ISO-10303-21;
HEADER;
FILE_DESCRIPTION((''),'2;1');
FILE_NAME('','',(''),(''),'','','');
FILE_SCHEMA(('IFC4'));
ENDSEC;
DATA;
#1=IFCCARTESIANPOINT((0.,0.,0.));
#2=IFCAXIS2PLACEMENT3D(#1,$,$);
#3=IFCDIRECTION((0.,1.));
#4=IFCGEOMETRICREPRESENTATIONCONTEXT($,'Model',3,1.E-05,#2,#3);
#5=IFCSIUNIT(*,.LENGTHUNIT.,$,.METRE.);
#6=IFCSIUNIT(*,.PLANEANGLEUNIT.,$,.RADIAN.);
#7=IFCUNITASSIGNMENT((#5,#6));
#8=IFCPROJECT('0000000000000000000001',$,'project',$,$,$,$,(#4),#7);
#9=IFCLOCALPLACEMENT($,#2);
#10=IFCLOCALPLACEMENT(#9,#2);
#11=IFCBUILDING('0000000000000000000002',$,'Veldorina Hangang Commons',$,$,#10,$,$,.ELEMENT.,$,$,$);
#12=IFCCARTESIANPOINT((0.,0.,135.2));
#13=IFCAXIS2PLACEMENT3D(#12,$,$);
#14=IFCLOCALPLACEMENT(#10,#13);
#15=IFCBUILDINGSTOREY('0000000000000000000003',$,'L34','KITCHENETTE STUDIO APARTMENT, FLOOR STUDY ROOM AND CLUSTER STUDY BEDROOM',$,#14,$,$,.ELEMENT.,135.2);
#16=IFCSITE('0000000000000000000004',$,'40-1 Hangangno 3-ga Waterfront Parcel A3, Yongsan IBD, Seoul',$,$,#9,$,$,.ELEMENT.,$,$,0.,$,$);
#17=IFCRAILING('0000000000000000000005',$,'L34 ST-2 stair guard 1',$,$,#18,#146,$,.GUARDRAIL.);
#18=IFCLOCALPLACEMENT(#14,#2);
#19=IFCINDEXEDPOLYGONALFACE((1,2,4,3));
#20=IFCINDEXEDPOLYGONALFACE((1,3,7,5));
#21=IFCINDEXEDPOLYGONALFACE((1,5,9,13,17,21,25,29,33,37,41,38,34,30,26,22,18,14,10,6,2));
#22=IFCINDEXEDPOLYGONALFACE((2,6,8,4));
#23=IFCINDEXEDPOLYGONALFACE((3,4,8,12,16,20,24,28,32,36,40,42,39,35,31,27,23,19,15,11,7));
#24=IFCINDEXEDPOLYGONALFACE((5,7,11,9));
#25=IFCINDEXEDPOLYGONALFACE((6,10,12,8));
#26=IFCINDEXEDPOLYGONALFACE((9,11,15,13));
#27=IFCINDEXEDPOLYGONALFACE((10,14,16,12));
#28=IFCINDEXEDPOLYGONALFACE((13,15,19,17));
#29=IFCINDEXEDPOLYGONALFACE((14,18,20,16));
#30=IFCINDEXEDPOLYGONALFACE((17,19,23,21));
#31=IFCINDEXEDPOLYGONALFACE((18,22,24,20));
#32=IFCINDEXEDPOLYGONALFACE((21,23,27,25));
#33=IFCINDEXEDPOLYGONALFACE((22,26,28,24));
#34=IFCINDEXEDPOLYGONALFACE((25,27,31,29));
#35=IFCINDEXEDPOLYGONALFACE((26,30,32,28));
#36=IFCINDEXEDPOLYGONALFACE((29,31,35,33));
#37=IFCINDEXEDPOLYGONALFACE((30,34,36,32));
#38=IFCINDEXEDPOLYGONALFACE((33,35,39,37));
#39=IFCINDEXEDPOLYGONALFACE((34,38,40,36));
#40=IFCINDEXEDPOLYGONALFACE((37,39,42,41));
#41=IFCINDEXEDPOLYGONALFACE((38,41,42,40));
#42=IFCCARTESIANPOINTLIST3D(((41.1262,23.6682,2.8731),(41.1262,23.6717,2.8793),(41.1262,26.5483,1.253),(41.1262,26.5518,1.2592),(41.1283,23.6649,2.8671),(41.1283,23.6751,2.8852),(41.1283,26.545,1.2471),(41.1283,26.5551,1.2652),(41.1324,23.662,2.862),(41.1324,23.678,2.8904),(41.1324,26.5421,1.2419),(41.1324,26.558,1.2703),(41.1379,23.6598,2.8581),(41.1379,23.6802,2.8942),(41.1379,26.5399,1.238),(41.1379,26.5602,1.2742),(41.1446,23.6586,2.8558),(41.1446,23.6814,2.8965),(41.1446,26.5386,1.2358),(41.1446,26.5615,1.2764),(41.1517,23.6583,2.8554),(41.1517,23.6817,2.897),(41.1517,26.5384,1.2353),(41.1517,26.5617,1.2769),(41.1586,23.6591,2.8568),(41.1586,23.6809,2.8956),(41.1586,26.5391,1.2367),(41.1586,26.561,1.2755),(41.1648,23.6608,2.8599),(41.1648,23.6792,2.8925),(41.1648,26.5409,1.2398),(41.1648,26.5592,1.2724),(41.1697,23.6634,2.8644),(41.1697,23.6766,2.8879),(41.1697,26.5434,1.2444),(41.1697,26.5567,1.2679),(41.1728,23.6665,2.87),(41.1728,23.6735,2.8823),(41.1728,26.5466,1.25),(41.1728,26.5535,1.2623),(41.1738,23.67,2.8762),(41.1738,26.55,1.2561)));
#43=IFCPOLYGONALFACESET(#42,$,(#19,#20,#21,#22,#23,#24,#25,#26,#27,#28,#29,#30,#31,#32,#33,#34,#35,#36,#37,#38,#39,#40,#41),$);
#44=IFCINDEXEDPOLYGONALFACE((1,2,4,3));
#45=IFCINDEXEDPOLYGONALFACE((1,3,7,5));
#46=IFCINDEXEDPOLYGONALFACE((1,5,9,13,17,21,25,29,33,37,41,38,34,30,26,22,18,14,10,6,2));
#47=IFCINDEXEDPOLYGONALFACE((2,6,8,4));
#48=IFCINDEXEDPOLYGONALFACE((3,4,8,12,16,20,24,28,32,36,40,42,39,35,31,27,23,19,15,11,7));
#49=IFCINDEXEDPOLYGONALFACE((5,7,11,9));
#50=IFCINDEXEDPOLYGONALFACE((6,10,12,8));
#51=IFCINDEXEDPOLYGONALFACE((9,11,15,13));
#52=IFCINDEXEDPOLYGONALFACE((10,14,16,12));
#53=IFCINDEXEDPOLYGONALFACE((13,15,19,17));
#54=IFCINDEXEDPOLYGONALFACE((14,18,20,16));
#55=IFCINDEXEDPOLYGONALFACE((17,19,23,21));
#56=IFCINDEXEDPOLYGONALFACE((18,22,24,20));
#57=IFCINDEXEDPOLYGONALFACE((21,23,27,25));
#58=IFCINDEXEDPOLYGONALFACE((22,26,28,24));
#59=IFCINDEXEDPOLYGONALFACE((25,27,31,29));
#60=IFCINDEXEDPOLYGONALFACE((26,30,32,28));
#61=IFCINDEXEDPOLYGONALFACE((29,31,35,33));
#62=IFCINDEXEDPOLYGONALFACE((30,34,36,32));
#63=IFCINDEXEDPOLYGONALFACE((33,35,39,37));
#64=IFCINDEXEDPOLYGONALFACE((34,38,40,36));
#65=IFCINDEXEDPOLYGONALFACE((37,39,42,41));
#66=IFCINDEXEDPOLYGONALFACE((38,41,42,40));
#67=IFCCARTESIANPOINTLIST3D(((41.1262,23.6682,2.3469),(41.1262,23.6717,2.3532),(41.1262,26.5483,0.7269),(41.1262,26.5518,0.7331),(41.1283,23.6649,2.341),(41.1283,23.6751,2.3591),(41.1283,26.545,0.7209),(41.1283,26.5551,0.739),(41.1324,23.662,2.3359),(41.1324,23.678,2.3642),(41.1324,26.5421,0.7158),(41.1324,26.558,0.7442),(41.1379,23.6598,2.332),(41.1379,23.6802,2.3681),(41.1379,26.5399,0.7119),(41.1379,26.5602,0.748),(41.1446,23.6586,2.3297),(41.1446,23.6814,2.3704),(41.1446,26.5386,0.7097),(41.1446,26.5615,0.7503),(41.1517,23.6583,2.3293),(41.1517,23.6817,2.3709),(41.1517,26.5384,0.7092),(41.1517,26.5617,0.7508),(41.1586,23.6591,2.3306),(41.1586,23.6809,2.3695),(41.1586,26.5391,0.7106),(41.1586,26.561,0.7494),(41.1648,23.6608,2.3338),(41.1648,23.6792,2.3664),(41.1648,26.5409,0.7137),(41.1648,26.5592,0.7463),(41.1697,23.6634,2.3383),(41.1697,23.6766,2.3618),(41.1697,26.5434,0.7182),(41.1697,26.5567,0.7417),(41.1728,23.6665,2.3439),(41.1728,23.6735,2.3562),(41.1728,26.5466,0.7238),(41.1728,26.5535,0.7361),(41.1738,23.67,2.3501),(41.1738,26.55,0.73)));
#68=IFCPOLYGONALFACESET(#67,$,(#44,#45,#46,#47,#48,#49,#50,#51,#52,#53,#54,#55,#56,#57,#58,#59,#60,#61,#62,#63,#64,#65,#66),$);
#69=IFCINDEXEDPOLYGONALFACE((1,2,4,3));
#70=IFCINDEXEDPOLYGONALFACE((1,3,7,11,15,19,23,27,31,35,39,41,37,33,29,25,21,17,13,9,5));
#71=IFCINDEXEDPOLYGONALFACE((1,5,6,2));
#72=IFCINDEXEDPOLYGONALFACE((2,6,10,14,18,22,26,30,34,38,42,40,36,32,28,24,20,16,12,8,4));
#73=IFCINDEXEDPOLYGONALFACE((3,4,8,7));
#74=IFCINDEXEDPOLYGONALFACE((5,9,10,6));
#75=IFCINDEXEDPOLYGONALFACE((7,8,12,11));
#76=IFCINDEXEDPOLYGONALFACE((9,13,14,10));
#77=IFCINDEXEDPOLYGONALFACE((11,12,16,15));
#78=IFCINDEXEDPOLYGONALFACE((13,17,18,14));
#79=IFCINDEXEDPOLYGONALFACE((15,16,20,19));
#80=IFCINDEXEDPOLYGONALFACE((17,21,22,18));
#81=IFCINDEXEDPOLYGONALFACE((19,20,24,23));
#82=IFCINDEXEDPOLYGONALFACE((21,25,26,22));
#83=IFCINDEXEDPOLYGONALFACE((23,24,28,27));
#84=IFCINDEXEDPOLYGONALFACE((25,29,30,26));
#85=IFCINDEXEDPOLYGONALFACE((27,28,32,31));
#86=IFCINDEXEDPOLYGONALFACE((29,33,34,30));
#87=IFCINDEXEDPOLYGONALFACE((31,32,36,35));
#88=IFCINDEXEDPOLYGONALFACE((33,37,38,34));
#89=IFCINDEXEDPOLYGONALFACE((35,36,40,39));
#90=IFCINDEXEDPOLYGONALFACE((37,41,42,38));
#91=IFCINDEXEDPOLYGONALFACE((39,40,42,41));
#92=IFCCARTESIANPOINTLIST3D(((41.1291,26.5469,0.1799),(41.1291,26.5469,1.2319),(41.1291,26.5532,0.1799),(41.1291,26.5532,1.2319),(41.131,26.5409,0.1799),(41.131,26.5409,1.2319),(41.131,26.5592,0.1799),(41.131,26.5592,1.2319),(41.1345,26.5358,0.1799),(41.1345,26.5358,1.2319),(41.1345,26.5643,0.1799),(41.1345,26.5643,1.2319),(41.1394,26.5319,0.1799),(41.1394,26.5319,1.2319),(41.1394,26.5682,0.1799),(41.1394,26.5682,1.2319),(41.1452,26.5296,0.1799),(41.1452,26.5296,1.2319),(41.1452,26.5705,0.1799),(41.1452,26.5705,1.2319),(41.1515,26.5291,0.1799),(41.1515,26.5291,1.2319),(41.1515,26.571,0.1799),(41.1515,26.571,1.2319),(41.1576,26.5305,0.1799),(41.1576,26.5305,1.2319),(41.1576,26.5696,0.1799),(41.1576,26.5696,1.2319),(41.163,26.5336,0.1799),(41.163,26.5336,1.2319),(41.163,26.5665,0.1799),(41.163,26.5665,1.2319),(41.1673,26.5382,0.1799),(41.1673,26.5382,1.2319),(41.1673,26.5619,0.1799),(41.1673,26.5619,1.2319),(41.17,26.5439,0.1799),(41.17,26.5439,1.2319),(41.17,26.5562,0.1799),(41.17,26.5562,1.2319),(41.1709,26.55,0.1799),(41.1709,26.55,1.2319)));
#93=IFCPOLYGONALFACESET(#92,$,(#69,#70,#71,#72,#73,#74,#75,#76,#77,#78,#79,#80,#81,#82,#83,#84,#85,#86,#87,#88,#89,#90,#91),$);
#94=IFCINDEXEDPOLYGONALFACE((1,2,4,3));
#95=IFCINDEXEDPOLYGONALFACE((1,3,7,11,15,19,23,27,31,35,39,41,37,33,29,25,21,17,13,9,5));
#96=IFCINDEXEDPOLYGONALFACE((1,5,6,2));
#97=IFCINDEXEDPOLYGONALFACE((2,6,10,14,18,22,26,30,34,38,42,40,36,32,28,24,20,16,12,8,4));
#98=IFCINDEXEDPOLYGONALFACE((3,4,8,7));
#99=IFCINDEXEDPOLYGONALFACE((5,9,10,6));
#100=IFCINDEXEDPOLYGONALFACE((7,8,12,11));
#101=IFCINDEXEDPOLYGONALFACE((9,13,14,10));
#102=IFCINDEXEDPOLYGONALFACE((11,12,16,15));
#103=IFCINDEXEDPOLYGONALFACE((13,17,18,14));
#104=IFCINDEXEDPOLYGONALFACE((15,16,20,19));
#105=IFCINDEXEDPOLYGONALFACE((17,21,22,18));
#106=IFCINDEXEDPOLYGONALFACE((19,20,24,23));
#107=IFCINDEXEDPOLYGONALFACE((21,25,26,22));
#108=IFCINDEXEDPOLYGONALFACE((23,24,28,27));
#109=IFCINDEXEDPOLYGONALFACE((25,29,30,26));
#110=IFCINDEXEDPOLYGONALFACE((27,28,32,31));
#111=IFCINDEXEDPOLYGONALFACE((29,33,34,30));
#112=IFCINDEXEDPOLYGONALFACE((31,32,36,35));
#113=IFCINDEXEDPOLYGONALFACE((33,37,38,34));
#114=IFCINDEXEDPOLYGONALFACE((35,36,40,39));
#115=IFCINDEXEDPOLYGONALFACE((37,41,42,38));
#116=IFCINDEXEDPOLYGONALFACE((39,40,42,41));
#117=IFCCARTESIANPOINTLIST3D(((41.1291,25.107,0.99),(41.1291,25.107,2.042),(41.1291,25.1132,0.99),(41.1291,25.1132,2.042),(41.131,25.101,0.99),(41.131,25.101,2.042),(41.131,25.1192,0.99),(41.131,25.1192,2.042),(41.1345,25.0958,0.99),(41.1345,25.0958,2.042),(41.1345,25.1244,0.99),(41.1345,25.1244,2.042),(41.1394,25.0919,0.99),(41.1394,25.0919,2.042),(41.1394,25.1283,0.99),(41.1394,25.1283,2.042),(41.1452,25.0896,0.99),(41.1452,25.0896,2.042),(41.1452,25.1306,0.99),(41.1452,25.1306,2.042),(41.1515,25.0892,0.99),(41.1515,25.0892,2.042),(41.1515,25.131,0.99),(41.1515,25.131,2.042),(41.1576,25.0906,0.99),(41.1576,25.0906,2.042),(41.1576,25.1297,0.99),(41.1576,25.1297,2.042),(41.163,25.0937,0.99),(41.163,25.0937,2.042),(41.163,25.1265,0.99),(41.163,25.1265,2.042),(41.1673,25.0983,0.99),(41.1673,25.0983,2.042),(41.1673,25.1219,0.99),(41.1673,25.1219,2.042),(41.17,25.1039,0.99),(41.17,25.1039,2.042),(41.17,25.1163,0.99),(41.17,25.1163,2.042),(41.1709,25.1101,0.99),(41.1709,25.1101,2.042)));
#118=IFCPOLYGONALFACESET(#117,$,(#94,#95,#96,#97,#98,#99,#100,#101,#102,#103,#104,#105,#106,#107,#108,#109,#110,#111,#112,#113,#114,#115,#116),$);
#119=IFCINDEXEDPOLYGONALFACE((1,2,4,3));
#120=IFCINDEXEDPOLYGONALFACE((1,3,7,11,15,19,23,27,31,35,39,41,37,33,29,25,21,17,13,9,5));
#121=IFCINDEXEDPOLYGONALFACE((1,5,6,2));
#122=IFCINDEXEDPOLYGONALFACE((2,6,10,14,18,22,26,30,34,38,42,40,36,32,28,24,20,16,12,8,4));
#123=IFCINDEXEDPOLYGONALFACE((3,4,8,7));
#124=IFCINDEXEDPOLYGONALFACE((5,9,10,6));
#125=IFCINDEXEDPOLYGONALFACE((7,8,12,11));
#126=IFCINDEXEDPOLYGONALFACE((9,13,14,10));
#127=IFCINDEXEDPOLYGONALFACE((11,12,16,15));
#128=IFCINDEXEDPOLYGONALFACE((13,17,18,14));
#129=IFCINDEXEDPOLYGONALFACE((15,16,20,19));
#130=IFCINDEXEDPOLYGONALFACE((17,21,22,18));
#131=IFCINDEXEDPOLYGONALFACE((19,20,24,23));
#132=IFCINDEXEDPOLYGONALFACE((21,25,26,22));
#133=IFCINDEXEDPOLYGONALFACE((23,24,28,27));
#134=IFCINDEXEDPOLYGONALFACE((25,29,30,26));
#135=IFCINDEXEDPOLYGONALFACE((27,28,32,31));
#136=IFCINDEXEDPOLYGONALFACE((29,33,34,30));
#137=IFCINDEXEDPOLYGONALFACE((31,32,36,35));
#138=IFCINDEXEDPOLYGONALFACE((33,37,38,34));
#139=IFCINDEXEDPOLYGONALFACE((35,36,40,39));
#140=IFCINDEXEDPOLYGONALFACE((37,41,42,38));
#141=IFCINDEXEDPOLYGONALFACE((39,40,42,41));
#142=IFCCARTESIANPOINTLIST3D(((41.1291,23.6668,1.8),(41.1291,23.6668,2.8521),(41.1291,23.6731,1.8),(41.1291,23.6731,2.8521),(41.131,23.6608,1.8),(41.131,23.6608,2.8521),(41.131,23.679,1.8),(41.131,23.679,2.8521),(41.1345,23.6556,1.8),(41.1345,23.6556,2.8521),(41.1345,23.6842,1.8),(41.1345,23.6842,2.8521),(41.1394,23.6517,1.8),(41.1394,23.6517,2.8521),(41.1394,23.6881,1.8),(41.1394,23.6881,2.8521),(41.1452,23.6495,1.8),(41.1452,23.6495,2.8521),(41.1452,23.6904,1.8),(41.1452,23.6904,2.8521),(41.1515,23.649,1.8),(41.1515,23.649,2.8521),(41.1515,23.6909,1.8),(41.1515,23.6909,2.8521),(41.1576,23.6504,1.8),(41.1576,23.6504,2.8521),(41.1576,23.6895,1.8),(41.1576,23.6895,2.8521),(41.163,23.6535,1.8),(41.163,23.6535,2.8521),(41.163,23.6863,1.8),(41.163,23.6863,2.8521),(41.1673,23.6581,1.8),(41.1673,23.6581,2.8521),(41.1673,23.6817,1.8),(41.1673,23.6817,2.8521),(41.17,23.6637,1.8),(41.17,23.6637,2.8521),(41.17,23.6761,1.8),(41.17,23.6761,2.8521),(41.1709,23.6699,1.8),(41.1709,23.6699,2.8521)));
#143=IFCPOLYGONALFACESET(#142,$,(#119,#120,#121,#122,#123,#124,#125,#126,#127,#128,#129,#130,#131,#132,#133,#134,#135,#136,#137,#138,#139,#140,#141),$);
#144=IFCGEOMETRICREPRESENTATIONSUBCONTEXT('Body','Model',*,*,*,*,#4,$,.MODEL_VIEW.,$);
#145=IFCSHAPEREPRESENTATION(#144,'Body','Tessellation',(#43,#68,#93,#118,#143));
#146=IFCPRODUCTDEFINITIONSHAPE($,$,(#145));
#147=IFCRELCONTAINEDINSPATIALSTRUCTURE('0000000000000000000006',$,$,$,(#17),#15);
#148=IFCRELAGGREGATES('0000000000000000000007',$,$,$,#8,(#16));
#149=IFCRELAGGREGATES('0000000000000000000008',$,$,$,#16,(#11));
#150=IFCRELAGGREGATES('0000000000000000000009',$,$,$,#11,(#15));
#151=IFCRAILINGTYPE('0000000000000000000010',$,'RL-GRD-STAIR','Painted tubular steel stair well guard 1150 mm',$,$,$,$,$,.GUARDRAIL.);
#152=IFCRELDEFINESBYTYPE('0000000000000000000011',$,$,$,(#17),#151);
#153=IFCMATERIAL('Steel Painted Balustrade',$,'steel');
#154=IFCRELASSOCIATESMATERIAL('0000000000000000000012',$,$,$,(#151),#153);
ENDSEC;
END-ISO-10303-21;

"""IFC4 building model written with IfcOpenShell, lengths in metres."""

from ifc_helpers import new_model, si_unit, direction, frame, origin, origin_2d, place, context, subcontext, project, spatial, circle, extrude, material, type_object, element, save


model = new_model("IFC4")

# Units and contexts
model_context = context("Model", 3, precision=1e-05, world=origin(), true_north=direction((0.0, 1.0)))
body_context = subcontext(model_context, "Body", "Model", "MODEL_VIEW")
ifc_project = project(units=[si_unit("LENGTHUNIT", "METRE"), si_unit("PLANEANGLEUNIT", "RADIAN")], contexts=[model_context])

# Site, building, storey
site_placement = place(None, origin())
site = spatial("IfcSite", under=ifc_project, at=site_placement, Name="40-1 Hangangno 3-ga Waterfront Parcel A3, Yongsan IBD, Seoul", CompositionType="ELEMENT", RefElevation=0.0)
building_placement = place(site_placement, origin())
building = spatial("IfcBuilding", under=site, at=building_placement, Name="Veldorina Hangang Commons", CompositionType="ELEMENT")
storey_placement = place(building_placement, frame((0.0, 0.0, 135.2)))
storey = spatial("IfcBuildingStorey", under=building, at=storey_placement, Name="L34", Description="KITCHENETTE STUDIO APARTMENT, FLOOR STUDY ROOM AND CLUSTER STUDY BEDROOM", CompositionType="ELEMENT", Elevation=135.2)

# Railing
ifc_material_1 = material(Name="Steel Painted Balustrade", Category="steel")
railing_type_1 = type_object("IfcRailingType", Name="RL-GRD-STAIR", Description="Painted tubular steel stair well guard 1150 mm", PredefinedType="GUARDRAIL", material=ifc_material_1)
railing_1_placement = place(storey_placement, frame((41.1499, 26.55, 0.1799)))
element("IfcRailing", 1, at=railing_1_placement, inside=storey, type_object=railing_type_1, Name="L34 ST-2 stair guard 1", PredefinedType="GUARDRAIL", context=body_context, shape_type="SweptSolid", body=[
    extrude(circle(Radius=0.0239, at=origin_2d()), frame((0.0, 0.0, 1.0762), z_axis=(0.0, -0.87157, 0.490272), x_axis=(1.0, 0.0, 0.0)), (0.0, 0.0, 1.0), 3.3044),
    extrude(circle(Radius=0.0239, at=origin_2d()), frame((0.0, 0.0, 0.55), z_axis=(0.0, -0.87157, 0.490272), x_axis=(1.0, 0.0, 0.0)), (0.0, 0.0, 1.0), 3.3044),
    extrude(circle(Radius=0.021, at=origin_2d()), origin(), (0.0, 0.0, 1.0), 1.052),
    extrude(circle(Radius=0.021, at=origin_2d()), frame((0.0, -1.4399, 0.8101)), (0.0, 0.0, 1.0), 1.052),
    extrude(circle(Radius=0.021, at=origin_2d()), frame((0.0, -2.8801, 1.6201)), (0.0, 0.0, 1.0), 1.052),
])

save(model, "model.ifc")
